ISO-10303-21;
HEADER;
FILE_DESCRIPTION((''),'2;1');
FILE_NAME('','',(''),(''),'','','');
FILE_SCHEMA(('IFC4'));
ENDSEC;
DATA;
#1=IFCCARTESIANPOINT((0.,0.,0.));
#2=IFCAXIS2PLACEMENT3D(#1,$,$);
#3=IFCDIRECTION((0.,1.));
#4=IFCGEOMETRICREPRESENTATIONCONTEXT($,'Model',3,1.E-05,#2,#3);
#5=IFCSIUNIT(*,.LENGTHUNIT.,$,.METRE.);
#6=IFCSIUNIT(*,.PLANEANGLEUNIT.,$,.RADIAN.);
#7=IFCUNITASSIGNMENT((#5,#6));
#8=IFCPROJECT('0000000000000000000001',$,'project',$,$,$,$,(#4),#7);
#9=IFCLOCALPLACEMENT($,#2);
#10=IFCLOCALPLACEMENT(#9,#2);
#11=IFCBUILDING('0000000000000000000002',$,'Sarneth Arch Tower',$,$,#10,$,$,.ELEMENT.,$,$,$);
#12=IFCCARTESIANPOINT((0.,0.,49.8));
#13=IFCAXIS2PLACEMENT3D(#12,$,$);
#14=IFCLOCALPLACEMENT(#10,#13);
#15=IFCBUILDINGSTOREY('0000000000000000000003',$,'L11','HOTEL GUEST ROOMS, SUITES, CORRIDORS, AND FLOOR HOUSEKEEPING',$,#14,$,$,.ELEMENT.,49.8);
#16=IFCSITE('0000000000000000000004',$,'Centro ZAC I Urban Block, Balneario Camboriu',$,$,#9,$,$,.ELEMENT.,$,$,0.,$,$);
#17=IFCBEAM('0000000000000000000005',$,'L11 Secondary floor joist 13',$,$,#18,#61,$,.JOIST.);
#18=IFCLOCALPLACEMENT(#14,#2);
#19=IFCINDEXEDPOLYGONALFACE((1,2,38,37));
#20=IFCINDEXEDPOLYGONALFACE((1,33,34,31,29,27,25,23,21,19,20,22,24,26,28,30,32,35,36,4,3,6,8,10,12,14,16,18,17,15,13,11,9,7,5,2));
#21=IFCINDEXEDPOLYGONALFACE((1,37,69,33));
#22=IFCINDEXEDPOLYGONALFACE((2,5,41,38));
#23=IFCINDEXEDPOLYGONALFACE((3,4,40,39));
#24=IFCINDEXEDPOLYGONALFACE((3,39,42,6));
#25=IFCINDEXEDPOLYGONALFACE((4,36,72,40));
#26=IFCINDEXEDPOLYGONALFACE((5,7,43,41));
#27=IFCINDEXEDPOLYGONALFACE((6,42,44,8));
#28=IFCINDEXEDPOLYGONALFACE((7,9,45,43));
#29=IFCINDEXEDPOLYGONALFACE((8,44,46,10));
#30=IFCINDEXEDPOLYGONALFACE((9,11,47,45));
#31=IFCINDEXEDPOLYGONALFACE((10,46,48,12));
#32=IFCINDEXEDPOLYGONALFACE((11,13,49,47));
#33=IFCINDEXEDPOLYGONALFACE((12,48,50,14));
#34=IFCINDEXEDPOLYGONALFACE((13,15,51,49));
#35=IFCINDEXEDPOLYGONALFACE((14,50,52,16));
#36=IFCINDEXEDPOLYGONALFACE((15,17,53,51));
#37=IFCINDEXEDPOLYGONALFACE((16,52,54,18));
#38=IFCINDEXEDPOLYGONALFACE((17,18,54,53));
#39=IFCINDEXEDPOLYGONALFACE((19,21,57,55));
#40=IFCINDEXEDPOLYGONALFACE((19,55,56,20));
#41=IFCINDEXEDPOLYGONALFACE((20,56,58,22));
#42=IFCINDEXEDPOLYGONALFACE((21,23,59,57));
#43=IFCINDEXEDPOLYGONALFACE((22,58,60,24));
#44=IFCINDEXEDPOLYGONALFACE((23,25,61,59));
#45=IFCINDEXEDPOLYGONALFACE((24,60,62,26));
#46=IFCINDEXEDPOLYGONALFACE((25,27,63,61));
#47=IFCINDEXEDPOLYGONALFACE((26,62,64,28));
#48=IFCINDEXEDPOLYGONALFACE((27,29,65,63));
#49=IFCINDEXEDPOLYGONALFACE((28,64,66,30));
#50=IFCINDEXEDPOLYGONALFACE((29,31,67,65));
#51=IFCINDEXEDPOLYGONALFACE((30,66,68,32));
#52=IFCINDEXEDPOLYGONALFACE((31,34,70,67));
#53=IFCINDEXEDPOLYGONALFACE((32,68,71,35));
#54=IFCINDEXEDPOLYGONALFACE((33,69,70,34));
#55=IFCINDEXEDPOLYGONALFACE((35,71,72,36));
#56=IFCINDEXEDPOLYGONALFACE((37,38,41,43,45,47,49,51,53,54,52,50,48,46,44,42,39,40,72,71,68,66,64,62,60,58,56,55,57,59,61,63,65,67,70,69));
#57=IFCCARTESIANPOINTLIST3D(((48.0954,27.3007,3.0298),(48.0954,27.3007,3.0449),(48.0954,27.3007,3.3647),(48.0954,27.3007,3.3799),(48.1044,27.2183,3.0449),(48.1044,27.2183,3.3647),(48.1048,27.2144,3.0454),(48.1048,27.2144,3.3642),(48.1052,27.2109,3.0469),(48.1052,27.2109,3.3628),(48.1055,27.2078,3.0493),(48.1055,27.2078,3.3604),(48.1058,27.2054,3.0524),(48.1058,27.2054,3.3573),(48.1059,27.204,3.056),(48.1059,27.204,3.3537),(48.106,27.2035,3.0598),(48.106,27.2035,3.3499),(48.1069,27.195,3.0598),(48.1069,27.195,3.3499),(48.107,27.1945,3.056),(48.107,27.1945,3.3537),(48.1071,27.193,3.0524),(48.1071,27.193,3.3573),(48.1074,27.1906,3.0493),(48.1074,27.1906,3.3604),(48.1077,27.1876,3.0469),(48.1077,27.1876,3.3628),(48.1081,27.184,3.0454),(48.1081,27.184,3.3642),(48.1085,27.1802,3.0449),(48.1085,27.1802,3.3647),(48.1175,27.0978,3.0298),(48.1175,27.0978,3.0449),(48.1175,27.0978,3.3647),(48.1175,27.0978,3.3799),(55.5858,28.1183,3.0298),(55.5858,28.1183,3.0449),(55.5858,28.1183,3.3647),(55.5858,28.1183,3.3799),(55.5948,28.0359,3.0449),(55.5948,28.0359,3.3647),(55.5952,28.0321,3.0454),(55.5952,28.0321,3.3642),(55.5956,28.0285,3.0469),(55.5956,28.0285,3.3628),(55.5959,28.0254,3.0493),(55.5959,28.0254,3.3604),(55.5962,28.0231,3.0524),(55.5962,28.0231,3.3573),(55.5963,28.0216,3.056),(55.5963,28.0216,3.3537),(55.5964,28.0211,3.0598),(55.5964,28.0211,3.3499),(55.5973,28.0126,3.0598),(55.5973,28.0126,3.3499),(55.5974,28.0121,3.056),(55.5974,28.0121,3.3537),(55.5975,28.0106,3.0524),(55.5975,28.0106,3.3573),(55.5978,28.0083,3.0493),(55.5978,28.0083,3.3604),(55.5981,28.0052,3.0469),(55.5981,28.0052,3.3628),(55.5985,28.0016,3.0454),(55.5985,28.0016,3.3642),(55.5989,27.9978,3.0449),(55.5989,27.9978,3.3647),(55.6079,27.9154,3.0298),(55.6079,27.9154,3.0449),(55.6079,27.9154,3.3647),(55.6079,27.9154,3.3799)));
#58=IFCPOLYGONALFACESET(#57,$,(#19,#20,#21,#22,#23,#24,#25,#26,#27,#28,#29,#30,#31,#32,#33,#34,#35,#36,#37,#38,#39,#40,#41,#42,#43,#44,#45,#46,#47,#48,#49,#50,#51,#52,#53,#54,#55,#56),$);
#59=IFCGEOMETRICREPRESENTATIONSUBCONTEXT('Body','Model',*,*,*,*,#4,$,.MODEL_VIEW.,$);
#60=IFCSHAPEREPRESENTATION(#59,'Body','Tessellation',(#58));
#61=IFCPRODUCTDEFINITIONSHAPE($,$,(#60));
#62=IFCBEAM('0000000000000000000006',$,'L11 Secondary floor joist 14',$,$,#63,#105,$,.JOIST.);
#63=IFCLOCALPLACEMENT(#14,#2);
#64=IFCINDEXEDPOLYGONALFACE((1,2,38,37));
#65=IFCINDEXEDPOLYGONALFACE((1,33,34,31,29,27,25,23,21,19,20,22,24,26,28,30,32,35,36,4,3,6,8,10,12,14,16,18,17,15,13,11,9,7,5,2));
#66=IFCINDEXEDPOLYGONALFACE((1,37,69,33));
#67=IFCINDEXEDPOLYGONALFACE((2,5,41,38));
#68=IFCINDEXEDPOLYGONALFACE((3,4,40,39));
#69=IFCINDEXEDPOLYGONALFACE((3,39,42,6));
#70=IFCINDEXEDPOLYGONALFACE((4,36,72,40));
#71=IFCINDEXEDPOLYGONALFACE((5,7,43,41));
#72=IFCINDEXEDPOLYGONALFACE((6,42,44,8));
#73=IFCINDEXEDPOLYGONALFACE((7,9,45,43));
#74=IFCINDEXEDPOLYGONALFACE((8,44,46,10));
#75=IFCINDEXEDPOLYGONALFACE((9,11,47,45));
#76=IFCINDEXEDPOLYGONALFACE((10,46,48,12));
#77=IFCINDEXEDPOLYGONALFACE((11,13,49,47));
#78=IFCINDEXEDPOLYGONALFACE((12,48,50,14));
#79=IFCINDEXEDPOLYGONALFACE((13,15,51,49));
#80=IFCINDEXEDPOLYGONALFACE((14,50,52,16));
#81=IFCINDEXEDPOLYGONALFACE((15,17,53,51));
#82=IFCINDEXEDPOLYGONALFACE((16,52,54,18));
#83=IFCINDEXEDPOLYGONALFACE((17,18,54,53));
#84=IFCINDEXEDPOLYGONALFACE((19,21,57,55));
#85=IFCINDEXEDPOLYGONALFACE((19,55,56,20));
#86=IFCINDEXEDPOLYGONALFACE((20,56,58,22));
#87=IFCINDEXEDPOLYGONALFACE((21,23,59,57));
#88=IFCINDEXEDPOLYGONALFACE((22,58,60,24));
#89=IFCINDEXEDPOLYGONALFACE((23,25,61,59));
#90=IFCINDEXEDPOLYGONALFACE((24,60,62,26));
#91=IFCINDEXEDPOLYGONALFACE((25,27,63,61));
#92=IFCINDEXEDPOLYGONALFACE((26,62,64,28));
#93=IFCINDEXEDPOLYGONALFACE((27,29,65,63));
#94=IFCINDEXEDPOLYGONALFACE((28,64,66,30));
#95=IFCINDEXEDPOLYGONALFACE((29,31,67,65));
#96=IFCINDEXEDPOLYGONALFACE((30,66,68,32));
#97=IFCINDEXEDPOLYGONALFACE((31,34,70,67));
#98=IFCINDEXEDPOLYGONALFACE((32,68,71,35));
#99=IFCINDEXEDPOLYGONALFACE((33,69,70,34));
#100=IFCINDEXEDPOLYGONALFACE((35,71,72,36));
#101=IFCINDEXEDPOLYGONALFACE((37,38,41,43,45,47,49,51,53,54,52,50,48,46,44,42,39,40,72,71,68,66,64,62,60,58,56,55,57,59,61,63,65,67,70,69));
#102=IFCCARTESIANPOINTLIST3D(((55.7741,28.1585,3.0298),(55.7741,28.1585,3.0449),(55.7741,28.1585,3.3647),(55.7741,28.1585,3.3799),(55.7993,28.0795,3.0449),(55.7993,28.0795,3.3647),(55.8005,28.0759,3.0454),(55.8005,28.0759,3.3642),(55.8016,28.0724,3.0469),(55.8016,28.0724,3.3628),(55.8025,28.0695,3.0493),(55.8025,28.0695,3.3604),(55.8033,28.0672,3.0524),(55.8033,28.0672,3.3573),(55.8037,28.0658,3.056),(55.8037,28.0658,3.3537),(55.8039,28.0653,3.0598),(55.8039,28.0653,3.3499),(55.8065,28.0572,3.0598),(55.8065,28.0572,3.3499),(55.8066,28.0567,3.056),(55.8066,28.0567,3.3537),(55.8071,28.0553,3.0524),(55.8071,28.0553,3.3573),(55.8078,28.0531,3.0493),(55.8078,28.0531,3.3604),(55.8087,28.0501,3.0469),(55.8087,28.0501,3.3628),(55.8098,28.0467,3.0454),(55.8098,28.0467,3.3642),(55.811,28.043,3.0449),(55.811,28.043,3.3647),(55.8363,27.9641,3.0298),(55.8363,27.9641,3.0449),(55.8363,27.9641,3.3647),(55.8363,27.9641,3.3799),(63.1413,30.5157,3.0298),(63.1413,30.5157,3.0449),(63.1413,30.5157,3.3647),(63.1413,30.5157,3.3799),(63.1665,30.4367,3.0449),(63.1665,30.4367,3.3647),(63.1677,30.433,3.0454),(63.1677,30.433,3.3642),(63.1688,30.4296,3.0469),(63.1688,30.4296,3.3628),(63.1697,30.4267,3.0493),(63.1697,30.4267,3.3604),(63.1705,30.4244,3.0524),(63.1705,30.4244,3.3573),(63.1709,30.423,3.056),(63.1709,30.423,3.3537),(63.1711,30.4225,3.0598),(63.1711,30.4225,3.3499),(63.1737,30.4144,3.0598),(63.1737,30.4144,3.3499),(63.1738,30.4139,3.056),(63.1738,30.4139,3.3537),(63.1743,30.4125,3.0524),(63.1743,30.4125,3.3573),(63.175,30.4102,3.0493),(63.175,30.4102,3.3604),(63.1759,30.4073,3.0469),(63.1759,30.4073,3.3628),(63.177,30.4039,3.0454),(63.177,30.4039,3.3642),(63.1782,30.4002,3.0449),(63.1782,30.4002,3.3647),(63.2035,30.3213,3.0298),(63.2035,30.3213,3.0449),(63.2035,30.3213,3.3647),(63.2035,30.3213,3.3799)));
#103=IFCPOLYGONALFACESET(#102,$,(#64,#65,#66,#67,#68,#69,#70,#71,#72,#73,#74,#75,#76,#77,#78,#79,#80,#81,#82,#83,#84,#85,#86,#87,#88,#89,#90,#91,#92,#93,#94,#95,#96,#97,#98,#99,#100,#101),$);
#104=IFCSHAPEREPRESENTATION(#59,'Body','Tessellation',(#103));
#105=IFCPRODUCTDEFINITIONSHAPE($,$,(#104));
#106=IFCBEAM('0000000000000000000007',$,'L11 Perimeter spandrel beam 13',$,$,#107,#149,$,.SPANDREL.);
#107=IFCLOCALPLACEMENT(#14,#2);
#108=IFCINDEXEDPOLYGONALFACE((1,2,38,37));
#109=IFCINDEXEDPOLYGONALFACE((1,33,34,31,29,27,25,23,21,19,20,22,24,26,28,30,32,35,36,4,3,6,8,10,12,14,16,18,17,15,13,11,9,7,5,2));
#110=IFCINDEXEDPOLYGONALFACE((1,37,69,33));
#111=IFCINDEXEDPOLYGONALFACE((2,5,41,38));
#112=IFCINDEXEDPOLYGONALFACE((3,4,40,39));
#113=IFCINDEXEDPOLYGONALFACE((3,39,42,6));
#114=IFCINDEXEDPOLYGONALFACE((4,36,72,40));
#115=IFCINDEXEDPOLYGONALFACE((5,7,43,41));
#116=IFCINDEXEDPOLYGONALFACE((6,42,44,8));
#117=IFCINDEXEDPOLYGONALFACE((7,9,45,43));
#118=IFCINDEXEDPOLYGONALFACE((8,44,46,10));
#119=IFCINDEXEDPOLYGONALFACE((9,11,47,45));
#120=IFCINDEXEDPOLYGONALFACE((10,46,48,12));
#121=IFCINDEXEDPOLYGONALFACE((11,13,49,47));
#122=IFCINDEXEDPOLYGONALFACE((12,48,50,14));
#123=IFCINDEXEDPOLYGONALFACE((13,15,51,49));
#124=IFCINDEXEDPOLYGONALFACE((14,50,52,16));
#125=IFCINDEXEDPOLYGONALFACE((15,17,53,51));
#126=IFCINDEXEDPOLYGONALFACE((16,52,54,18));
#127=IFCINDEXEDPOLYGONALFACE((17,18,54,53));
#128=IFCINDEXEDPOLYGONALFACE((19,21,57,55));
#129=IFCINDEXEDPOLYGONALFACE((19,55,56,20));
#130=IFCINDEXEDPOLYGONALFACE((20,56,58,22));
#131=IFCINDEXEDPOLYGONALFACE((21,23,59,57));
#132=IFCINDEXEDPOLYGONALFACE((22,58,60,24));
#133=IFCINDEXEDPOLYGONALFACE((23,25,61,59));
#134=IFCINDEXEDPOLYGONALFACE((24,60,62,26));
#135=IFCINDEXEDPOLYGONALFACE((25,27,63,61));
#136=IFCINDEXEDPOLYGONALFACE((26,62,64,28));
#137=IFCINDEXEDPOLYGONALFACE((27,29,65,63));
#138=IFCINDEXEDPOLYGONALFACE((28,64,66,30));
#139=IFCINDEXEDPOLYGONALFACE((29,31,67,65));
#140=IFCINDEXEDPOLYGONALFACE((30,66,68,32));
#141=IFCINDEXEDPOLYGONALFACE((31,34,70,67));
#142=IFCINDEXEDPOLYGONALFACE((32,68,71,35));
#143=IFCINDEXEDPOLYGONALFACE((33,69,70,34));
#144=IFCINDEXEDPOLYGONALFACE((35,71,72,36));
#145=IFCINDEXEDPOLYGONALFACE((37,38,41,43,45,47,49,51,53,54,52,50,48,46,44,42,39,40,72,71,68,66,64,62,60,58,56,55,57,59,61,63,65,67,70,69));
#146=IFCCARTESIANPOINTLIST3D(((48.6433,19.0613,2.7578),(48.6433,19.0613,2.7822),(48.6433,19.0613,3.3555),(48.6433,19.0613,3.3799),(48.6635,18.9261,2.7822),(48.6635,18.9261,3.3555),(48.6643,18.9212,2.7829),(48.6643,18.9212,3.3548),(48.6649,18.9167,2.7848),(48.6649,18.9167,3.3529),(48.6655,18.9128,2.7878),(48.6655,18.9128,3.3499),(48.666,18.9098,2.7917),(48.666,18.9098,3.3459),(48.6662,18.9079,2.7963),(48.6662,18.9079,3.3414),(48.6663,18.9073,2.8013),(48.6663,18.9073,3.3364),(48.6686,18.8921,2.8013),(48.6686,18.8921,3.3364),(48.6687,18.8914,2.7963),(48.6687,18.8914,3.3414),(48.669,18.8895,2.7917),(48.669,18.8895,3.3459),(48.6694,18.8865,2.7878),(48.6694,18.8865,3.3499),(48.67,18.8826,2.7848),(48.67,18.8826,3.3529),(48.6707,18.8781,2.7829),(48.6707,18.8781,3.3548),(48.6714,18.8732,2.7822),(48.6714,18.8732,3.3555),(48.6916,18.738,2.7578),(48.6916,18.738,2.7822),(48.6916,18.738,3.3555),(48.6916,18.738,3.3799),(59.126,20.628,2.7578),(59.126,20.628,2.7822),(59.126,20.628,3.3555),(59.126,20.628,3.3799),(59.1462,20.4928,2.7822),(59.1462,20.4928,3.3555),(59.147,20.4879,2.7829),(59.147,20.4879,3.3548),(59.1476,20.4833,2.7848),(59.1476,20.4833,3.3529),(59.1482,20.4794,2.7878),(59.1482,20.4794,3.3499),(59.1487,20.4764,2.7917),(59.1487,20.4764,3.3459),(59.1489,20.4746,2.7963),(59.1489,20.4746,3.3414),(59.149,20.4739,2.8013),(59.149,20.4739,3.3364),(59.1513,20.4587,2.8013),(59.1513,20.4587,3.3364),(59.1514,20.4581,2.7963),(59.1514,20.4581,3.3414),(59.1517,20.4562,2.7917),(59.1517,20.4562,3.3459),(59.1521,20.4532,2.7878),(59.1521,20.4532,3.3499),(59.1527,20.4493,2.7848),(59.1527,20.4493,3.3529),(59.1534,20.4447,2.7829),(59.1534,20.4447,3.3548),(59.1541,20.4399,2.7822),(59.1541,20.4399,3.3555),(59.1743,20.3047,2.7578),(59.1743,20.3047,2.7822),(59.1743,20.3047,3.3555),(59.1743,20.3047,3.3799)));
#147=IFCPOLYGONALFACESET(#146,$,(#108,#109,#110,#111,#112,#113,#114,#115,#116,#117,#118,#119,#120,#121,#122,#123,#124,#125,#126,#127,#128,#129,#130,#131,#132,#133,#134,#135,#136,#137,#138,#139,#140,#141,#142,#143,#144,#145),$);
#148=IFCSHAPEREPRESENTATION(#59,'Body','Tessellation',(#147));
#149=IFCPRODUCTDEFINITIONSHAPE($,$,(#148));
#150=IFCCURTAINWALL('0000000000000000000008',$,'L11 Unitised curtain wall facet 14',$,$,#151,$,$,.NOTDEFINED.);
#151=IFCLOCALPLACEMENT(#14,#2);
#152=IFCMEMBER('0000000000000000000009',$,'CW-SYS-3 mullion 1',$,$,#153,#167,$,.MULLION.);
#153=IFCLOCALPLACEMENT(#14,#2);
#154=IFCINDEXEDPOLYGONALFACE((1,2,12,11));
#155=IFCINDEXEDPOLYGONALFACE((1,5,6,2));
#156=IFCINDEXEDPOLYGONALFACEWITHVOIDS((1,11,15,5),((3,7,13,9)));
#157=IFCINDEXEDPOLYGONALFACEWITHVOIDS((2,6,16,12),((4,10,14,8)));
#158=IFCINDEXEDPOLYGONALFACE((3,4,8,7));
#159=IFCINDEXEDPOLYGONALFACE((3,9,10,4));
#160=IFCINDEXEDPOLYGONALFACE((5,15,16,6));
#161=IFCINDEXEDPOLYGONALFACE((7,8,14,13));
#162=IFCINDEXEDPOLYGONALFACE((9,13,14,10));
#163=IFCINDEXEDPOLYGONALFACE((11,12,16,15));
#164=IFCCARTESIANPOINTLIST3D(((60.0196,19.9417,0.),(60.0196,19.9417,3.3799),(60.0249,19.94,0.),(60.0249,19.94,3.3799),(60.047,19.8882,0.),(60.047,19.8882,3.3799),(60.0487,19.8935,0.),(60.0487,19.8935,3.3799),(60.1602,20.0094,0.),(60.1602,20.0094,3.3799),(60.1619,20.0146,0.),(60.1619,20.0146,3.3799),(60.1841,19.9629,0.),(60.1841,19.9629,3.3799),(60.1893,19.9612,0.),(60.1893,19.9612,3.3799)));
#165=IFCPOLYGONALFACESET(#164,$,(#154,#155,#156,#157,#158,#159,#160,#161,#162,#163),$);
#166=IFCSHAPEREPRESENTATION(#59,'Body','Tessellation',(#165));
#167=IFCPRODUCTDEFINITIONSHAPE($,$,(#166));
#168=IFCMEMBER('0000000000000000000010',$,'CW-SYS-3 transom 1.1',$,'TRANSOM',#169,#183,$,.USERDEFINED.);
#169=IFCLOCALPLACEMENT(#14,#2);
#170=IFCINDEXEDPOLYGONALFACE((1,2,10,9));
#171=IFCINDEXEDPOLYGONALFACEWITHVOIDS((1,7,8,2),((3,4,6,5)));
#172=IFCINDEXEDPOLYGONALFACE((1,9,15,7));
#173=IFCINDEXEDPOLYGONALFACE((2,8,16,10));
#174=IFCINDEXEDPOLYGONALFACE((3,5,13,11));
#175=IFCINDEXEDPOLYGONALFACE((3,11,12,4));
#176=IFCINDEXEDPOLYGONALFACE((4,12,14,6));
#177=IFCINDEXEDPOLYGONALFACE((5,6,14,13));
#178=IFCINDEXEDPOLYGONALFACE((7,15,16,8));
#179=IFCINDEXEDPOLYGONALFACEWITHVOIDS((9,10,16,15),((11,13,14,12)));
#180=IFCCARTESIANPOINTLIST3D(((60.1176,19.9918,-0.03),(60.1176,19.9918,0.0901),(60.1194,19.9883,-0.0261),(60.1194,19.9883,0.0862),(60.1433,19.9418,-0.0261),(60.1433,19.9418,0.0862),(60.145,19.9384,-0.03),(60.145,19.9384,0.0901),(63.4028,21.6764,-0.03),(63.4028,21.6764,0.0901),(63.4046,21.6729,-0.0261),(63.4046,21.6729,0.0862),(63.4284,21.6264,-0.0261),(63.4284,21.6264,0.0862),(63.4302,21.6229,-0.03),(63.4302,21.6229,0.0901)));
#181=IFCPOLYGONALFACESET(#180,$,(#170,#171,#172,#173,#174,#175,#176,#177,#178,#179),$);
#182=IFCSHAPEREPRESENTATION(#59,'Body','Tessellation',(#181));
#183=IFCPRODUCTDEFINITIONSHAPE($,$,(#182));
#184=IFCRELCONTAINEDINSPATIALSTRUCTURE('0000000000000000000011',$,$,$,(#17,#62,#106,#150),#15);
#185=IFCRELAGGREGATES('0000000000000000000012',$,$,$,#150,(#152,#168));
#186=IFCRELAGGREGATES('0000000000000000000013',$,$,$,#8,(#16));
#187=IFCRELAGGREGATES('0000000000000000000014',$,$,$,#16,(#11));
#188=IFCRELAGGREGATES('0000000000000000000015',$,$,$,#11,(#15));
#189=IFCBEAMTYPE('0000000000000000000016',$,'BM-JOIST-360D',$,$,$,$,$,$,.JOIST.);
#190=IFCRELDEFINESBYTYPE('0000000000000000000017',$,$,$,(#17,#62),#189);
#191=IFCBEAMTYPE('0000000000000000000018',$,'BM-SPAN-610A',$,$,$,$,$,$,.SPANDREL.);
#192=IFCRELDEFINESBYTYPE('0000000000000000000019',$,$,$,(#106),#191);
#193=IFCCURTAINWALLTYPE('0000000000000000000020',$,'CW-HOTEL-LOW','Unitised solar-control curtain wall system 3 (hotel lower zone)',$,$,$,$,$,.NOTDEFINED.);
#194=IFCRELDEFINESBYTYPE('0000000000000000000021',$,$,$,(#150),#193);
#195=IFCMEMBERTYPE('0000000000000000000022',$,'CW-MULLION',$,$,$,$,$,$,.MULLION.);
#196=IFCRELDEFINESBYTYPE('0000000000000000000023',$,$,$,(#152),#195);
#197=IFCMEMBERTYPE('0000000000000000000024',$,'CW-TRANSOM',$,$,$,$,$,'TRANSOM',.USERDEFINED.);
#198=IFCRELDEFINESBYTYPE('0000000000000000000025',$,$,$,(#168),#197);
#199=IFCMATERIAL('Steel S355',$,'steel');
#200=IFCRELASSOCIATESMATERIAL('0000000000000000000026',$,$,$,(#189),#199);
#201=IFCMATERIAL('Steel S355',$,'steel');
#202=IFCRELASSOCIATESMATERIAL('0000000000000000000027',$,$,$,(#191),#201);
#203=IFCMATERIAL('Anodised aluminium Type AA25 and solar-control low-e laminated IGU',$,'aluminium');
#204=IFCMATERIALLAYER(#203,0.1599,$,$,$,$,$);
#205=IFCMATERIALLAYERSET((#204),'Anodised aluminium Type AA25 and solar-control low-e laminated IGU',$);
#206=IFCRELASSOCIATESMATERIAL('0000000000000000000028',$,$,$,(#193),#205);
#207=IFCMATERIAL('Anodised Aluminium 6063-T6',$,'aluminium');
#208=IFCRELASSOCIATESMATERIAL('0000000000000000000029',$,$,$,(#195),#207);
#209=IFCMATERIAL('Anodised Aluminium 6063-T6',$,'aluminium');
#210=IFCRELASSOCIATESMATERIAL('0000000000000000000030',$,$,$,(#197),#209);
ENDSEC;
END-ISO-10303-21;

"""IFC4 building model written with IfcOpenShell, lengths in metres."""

from ifc_helpers import new_model, si_unit, direction, frame, origin, origin_2d, place, context, subcontext, project, spatial, hollow_rectangle, i_section, extrude, material, layer, layer_set, material_profile, profile_set, type_object, element, aggregate, save


model = new_model("IFC4")

# Units and contexts
model_context = context("Model", 3, precision=1e-05, world=origin(), true_north=direction((0.0, 1.0)))
body_context = subcontext(model_context, "Body", "Model", "MODEL_VIEW")
ifc_project = project(units=[si_unit("LENGTHUNIT", "METRE"), si_unit("PLANEANGLEUNIT", "RADIAN")], contexts=[model_context])

# Site, building, storey
site_placement = place(None, origin())
site = spatial("IfcSite", under=ifc_project, at=site_placement, Name="Centro ZAC I Urban Block, Balneario Camboriu", CompositionType="ELEMENT", RefElevation=0.0)
building_placement = place(site_placement, origin())
building = spatial("IfcBuilding", under=site, at=building_placement, Name="Sarneth Arch Tower", CompositionType="ELEMENT")
storey_placement = place(building_placement, frame((0.0, 0.0, 49.8)))
storey = spatial("IfcBuildingStorey", under=building, at=storey_placement, Name="L11", Description="HOTEL GUEST ROOMS, SUITES, CORRIDORS, AND FLOOR HOUSEKEEPING", CompositionType="ELEMENT", Elevation=49.8)

# Beams
ifc_material_1 = material(Name="Steel S355", Category="steel")
ifc_material_profile_1 = material_profile(ifc_material_1, i_section(OverallWidth=0.2041, OverallDepth=0.3501, WebThickness=0.0085, FlangeThickness=0.0151, FilletRadius=0.0149, at=origin_2d()), Name="W360x72")
ifc_profile_set_1 = profile_set([ifc_material_profile_1], Name="Steel S355")
beam_type_1 = type_object("IfcBeamType", Name="BM-JOIST-360D", PredefinedType="JOIST", material=ifc_profile_set_1)
beam_1_placement = place(storey_placement, frame((48.1064, 27.1992, 3.2048), z_axis=(0.994095, 0.108511, 0.0), x_axis=(-0.108511, 0.994095, 0.0)))
element("IfcBeam", 1, at=beam_1_placement, inside=storey, type_object=beam_type_1, Name="L11 Secondary floor joist 13", PredefinedType="JOIST", context=body_context, shape_type="SweptSolid", body=[
    extrude(i_section(OverallWidth=0.2041, OverallDepth=0.3501, WebThickness=0.0085, FlangeThickness=0.0151, FilletRadius=0.0149, at=origin_2d()), origin(), (0.0, 0.0, 1.0), 7.5349),
])
beam_2_placement = place(storey_placement, frame((55.8052, 28.0613, 3.2048), z_axis=(0.952436, 0.304738, 0.0), x_axis=(-0.304738, 0.952436, 0.0)))
element("IfcBeam", 2, at=beam_2_placement, inside=storey, type_object=beam_type_1, Name="L11 Secondary floor joist 14", PredefinedType="JOIST", context=body_context, shape_type="SweptSolid", body=[
    extrude(i_section(OverallWidth=0.2041, OverallDepth=0.3501, WebThickness=0.0085, FlangeThickness=0.0151, FilletRadius=0.0149, at=origin_2d()), origin(), (0.0, 0.0, 1.0), 7.7351),
])
ifc_material_2 = material(Name="Steel S355", Category="steel")
ifc_material_profile_2 = material_profile(ifc_material_2, i_section(OverallWidth=0.3269, OverallDepth=0.6221, WebThickness=0.0154, FlangeThickness=0.0244, FilletRadius=0.019, at=origin_2d()), Name="W610x195")
ifc_profile_set_2 = profile_set([ifc_material_profile_2], Name="Steel S355")
beam_type_2 = type_object("IfcBeamType", Name="BM-SPAN-610A", PredefinedType="SPANDREL", material=ifc_profile_set_2)
beam_3_placement = place(storey_placement, frame((48.6675, 18.8997, 3.0688), z_axis=(0.989016, 0.14781, 0.0), x_axis=(-0.14781, 0.989016, 0.0)))
element("IfcBeam", 3, at=beam_3_placement, inside=storey, type_object=beam_type_2, Name="L11 Perimeter spandrel beam 13", PredefinedType="SPANDREL", context=body_context, shape_type="SweptSolid", body=[
    extrude(i_section(OverallWidth=0.3269, OverallDepth=0.6221, WebThickness=0.0154, FlangeThickness=0.0244, FilletRadius=0.019, at=origin_2d()), origin(), (0.0, 0.0, 1.0), 10.5991),
])

# Curtain wall, members
ifc_material_3 = material(Name="Anodised aluminium Type AA25 and solar-control low-e laminated IGU", Category="aluminium")
ifc_layer_1 = layer(ifc_material_3, 0.1599)
ifc_layer_set_1 = layer_set([ifc_layer_1], Name="Anodised aluminium Type AA25 and solar-control low-e laminated IGU")
curtain_wall_type = type_object("IfcCurtainWallType", Name="CW-HOTEL-LOW", Description="Unitised solar-control curtain wall system 3 (hotel lower zone)", PredefinedType="NOTDEFINED", material=ifc_layer_set_1)
curtain_wall_placement = place(storey_placement, origin())
curtain_wall = element("IfcCurtainWall", 4, at=curtain_wall_placement, inside=storey, type_object=curtain_wall_type, Name="L11 Unitised curtain wall facet 14", PredefinedType="NOTDEFINED")
ifc_material_4 = material(Name="Anodised Aluminium 6063-T6", Category="aluminium")
ifc_material_profile_3 = material_profile(ifc_material_4, hollow_rectangle(XDim=0.0601, YDim=0.1599, WallThickness=0.0039, at=origin_2d()), Name="AL-MULL-160x60x4")
ifc_profile_set_3 = profile_set([ifc_material_profile_3], Name="Anodised Aluminium 6063-T6")
member_type_1 = type_object("IfcMemberType", Name="CW-MULLION", PredefinedType="MULLION", material=ifc_profile_set_3)
member_1_placement = place(storey_placement, frame((60.1045, 19.9514, 0.0), z_axis=(0.0, 0.0, 1.0), x_axis=(-0.456245, 0.889854, 0.0)))
member_1 = element("IfcMember", 5, at=member_1_placement, type_object=member_type_1, Name="CW-SYS-3 mullion 1", PredefinedType="MULLION", context=body_context, shape_type="SweptSolid", body=[
    extrude(hollow_rectangle(XDim=0.0601, YDim=0.1599, WallThickness=0.0039, at=origin_2d()), origin(), (0.0, 0.0, 1.0), 3.3799),
])
ifc_material_5 = material(Name="Anodised Aluminium 6063-T6", Category="aluminium")
ifc_material_profile_4 = material_profile(ifc_material_5, hollow_rectangle(XDim=0.0601, YDim=0.1201, WallThickness=0.0039, at=origin_2d()), Name="AL-TRAN-120x60x4")
ifc_profile_set_4 = profile_set([ifc_material_profile_4], Name="Anodised Aluminium 6063-T6")
member_type_2 = type_object("IfcMemberType", Name="CW-TRANSOM", ElementType="TRANSOM", PredefinedType="USERDEFINED", material=ifc_profile_set_4)
member_2_placement = place(storey_placement, frame((60.1313, 19.9651, 0.03), z_axis=(0.889831, 0.45629, 0.0), x_axis=(-0.45629, 0.889831, 0.0)))
member_2 = element("IfcMember", 6, at=member_2_placement, type_object=member_type_2, Name="CW-SYS-3 transom 1.1", ObjectType="TRANSOM", PredefinedType="USERDEFINED", context=body_context, shape_type="SweptSolid", body=[
    extrude(hollow_rectangle(XDim=0.0601, YDim=0.1201, WallThickness=0.0039, at=origin_2d()), origin(), (0.0, 0.0, 1.0), 3.6919),
])
aggregate(curtain_wall, [member_1, member_2])

save(model, "model.ifc")
